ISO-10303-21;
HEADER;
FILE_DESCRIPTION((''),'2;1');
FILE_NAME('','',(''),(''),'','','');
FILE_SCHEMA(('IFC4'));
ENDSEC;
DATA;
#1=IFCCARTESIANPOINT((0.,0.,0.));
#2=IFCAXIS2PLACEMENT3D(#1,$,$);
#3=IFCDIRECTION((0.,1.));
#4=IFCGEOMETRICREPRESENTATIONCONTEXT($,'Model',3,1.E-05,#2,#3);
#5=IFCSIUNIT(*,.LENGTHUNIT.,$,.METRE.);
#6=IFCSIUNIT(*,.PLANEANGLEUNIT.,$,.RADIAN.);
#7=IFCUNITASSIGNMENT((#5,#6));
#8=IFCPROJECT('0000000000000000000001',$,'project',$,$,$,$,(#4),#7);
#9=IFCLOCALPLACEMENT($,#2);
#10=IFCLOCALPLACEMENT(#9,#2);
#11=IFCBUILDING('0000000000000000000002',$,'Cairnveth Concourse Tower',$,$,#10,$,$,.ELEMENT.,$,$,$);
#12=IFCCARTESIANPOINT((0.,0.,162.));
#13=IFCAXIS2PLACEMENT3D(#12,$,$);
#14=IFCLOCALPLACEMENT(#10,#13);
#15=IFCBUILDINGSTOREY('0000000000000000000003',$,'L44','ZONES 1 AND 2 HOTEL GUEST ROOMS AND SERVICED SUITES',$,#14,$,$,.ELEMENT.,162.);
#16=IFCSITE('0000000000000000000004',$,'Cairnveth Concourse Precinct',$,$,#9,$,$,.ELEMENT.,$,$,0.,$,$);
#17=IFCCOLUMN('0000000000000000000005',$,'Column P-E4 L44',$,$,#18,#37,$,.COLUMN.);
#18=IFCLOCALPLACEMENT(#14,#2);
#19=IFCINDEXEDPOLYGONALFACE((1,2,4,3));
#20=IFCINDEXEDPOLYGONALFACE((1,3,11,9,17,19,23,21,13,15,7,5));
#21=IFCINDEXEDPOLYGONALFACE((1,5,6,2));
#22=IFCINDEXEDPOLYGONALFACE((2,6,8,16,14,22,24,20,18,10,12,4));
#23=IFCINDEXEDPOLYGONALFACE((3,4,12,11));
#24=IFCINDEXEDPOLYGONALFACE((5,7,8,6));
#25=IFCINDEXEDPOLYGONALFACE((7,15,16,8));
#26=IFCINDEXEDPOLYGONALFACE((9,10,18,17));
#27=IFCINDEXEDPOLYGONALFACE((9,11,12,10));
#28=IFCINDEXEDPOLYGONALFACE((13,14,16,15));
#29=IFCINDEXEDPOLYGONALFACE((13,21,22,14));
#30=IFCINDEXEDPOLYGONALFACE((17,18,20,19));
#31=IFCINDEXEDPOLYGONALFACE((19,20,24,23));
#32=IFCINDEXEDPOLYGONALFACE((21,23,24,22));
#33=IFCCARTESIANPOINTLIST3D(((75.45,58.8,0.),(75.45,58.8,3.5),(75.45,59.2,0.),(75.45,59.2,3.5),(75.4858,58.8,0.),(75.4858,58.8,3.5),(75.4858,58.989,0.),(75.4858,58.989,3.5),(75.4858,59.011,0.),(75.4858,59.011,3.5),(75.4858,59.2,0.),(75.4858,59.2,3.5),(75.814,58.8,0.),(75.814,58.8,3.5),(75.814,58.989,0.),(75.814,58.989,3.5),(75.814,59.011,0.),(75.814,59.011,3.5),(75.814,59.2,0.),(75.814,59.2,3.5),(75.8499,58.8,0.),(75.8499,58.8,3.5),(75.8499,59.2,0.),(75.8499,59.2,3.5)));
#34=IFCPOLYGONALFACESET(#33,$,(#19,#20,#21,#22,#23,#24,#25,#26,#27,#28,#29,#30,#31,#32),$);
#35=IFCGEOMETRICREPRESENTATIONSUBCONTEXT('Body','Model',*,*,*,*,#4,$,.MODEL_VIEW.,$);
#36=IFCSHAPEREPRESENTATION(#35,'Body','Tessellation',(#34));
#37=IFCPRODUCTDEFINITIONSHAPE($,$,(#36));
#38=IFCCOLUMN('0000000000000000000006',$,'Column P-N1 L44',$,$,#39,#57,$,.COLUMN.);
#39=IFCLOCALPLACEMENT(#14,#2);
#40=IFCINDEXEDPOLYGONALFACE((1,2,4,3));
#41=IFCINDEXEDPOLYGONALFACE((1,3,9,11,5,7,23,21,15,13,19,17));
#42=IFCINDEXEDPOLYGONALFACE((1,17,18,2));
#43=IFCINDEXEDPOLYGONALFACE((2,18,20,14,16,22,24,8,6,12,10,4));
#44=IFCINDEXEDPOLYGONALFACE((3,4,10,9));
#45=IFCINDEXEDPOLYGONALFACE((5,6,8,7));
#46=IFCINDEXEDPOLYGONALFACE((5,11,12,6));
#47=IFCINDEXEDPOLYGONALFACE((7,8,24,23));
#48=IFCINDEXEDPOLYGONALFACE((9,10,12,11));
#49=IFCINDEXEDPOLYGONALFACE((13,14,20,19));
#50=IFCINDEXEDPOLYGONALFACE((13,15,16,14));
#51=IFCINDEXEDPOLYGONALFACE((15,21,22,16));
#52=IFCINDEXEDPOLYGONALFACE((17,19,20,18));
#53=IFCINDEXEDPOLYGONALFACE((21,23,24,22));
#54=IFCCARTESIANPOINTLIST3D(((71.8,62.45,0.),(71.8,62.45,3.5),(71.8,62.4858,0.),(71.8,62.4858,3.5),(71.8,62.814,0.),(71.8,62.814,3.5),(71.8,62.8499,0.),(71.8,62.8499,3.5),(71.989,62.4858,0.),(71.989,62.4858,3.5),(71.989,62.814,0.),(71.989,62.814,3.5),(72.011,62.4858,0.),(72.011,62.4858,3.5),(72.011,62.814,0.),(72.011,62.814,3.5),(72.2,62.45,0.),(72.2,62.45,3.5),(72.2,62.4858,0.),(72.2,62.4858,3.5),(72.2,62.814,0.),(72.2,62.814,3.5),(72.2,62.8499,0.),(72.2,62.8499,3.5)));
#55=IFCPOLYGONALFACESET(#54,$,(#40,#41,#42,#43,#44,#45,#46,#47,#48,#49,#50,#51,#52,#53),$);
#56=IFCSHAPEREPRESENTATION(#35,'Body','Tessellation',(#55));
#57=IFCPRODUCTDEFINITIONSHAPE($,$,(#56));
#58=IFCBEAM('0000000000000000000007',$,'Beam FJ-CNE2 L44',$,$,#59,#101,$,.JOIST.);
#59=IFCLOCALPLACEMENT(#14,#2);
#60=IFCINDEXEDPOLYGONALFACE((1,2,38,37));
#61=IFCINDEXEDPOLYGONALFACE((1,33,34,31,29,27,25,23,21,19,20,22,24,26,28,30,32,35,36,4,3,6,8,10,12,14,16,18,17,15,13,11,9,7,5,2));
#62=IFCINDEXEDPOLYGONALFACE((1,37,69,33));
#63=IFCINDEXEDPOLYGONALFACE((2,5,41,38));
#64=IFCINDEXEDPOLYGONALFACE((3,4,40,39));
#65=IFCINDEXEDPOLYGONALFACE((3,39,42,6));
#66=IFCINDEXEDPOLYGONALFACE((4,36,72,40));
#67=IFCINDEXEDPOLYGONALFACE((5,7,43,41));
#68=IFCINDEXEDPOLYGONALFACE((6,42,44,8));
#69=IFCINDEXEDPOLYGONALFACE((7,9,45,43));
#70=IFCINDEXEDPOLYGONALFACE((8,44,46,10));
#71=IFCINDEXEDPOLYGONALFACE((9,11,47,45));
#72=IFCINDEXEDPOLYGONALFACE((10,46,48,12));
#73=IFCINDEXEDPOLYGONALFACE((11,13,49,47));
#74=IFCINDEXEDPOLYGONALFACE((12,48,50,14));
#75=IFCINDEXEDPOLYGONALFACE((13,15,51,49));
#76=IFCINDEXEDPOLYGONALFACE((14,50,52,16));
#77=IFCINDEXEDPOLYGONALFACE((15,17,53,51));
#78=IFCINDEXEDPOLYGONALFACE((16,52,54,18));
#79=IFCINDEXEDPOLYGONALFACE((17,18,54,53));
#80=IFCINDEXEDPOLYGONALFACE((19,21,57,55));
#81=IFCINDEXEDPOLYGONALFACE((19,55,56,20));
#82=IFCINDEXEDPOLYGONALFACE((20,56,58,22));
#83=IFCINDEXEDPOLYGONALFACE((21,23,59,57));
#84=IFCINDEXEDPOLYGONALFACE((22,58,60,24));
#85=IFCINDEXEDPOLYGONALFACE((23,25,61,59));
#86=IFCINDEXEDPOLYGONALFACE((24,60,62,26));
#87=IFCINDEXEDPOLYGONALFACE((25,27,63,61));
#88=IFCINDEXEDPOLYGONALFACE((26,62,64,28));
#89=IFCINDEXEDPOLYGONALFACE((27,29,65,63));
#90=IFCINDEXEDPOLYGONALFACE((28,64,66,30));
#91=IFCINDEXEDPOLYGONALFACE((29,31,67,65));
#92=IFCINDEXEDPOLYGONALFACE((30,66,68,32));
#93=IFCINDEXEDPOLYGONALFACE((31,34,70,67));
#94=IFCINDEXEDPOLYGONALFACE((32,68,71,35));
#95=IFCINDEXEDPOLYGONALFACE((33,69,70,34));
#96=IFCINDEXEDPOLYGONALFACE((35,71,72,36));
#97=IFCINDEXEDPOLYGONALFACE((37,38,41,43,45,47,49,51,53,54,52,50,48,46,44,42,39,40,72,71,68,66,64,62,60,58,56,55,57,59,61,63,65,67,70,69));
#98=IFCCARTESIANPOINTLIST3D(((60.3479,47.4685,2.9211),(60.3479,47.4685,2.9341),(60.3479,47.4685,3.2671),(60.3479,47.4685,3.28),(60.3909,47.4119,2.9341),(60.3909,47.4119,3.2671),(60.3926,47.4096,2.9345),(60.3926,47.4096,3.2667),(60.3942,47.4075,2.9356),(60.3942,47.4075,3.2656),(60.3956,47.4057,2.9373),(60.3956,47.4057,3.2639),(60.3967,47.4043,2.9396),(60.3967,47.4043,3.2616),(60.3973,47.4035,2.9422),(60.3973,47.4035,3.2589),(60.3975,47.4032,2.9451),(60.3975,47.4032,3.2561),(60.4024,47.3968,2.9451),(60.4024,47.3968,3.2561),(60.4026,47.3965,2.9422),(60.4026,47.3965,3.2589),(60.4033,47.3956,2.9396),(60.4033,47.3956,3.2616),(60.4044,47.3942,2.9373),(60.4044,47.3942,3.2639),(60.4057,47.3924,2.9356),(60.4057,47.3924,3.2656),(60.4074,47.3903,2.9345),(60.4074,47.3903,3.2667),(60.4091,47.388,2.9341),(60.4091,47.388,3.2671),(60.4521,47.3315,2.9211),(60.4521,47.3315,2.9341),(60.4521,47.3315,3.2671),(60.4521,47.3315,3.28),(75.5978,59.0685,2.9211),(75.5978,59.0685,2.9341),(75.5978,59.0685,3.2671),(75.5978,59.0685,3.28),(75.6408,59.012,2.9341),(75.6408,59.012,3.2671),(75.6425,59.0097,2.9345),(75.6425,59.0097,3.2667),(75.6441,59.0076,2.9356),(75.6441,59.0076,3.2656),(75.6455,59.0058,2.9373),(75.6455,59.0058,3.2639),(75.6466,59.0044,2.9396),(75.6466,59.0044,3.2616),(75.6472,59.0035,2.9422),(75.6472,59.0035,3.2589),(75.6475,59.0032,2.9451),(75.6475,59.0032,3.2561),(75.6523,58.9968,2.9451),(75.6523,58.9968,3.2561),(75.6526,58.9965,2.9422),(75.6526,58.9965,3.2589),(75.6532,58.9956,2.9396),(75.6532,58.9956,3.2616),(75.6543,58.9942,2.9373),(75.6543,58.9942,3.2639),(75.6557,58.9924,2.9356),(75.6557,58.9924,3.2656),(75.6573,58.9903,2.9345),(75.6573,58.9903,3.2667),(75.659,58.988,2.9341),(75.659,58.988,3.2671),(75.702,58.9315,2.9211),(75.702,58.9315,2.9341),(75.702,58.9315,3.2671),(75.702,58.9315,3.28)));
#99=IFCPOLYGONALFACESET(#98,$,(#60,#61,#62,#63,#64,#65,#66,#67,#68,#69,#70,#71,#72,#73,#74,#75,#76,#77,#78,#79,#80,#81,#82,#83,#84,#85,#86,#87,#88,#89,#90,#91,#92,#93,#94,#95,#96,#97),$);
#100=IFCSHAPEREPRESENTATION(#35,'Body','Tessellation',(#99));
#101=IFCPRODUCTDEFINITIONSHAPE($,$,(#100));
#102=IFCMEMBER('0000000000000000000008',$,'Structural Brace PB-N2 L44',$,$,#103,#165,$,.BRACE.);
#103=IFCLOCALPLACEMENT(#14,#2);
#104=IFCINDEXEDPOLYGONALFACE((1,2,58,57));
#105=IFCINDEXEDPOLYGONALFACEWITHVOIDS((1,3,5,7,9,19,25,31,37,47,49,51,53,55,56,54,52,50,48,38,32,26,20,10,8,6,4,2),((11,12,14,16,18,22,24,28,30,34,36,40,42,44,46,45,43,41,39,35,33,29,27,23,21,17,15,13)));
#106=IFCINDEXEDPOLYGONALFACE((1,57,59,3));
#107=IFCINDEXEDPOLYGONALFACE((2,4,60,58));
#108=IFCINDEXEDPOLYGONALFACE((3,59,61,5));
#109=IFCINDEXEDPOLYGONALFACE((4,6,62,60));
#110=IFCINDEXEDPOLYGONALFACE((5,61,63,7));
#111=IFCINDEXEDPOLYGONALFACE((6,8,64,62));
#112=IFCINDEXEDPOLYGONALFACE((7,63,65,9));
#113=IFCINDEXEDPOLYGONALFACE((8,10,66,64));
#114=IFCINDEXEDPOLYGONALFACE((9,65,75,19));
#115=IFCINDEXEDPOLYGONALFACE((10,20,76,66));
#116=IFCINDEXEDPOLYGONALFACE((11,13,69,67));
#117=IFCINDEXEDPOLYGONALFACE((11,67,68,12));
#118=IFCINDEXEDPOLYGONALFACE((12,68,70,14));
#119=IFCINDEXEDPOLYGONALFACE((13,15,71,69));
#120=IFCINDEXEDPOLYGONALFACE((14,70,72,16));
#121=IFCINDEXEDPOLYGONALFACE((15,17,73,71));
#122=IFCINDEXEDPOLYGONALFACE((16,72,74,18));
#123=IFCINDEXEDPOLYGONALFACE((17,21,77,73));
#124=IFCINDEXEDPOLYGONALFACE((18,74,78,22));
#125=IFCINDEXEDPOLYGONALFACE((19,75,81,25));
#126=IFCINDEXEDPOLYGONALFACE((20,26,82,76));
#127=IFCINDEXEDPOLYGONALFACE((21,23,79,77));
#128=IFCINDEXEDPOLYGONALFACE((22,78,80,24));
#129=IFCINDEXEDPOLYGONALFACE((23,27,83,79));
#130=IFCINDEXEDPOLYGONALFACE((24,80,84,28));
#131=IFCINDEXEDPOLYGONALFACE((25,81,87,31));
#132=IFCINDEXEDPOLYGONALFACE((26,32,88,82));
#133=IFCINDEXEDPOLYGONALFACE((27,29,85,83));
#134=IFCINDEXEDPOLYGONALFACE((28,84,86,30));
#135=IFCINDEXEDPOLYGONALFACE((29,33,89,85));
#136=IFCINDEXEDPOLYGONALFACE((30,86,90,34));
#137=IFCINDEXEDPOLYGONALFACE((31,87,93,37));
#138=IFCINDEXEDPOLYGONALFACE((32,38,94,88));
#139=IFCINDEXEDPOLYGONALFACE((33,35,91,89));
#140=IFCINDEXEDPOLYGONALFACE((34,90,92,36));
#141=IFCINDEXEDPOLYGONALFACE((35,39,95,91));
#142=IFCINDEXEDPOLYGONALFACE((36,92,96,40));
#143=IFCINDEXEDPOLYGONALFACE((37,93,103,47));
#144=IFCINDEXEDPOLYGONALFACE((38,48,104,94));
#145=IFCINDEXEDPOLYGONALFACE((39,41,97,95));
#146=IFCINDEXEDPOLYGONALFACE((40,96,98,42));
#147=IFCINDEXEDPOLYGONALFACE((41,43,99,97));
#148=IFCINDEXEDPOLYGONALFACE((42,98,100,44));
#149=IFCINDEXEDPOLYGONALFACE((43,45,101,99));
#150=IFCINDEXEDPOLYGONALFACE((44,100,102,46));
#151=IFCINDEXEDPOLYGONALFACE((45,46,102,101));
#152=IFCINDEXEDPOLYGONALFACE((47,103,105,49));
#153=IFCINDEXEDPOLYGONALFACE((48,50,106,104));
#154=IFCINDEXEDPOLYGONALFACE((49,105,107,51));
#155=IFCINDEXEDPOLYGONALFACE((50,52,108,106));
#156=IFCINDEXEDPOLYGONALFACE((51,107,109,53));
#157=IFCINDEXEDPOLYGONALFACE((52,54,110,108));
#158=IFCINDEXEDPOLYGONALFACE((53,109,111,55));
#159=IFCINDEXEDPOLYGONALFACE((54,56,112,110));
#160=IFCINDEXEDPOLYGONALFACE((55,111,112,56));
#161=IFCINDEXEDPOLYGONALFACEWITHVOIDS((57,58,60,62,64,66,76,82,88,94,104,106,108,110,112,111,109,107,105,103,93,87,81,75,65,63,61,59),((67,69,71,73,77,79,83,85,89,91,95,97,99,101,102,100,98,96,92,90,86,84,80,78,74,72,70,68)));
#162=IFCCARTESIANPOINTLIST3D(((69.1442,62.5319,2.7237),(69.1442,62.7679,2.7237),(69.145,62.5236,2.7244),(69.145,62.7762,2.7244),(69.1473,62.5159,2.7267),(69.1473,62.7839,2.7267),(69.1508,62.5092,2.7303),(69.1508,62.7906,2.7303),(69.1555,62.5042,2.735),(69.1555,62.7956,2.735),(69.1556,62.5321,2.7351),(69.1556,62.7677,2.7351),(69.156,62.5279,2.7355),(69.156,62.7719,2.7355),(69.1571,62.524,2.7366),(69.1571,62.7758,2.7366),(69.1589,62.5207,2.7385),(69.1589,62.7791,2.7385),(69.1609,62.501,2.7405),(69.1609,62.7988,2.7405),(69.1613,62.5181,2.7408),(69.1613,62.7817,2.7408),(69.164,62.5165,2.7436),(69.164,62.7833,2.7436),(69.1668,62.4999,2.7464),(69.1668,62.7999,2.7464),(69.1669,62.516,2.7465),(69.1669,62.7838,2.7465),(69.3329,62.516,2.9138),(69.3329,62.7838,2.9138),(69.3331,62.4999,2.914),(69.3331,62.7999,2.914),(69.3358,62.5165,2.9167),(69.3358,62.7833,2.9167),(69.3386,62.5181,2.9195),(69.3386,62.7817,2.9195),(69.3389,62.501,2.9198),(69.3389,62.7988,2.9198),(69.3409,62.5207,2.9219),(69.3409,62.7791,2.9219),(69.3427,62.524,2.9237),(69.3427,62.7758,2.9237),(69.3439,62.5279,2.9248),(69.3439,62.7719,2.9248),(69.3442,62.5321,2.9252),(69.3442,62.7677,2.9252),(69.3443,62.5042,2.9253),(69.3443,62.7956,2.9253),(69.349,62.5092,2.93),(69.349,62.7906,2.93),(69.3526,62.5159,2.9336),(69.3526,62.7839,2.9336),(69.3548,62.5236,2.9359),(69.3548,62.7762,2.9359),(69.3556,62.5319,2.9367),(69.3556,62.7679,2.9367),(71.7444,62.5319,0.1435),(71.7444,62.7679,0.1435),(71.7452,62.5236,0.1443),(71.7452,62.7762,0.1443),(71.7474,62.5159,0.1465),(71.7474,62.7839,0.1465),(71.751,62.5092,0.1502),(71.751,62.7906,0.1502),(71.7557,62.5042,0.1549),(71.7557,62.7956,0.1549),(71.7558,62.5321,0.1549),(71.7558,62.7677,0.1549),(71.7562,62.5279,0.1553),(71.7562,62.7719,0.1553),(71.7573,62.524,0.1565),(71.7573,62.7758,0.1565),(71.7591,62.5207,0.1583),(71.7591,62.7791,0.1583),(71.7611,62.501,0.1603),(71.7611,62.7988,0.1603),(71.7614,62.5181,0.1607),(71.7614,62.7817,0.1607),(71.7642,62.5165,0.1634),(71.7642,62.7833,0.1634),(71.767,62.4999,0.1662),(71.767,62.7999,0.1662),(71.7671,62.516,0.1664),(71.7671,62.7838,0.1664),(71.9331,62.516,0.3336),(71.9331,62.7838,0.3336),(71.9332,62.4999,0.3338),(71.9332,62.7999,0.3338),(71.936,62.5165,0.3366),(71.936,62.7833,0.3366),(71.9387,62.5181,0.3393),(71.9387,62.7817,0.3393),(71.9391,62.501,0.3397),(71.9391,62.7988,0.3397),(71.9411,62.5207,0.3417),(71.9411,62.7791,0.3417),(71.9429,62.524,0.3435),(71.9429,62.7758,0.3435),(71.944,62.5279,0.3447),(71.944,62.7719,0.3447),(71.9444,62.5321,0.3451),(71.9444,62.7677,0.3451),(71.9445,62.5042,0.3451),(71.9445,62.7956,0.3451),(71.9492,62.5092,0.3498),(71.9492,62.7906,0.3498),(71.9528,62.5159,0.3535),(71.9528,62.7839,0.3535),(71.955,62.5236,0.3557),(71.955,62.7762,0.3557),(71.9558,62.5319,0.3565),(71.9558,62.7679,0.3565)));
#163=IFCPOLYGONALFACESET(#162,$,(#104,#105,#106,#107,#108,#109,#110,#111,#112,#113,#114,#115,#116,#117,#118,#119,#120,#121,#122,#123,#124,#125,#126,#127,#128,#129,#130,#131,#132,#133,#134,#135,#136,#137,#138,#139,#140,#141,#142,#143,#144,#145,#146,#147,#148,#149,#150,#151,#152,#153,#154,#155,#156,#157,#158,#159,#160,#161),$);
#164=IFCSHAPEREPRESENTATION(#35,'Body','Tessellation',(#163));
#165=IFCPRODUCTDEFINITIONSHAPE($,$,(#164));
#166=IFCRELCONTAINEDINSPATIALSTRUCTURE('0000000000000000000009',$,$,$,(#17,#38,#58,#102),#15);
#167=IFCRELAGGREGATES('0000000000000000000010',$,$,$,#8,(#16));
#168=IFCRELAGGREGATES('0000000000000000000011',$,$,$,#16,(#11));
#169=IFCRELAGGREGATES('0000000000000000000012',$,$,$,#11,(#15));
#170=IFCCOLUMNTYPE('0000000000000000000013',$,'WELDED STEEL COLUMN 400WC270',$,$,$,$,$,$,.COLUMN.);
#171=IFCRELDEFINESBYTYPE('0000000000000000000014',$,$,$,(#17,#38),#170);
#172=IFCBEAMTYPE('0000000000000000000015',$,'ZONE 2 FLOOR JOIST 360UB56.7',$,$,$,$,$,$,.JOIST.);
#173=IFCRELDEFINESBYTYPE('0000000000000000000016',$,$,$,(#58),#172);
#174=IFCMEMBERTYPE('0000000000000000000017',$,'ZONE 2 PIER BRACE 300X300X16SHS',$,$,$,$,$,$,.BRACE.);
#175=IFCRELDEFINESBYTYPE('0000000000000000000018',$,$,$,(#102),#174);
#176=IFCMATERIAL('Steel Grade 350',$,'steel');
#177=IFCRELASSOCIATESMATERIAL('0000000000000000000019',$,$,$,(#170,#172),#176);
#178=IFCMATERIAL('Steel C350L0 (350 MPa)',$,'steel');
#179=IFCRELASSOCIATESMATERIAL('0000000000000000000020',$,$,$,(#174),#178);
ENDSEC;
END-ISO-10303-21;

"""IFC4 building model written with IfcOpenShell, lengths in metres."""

from ifc_helpers import new_model, si_unit, direction, frame, origin, origin_2d, place, context, subcontext, project, spatial, hollow_rectangle, i_section, extrude, material, material_profile, profile_set, type_object, element, save


model = new_model("IFC4")

# Units and contexts
model_context = context("Model", 3, precision=1e-05, world=origin(), true_north=direction((0.0, 1.0)))
body_context = subcontext(model_context, "Body", "Model", "MODEL_VIEW")
ifc_project = project(units=[si_unit("LENGTHUNIT", "METRE"), si_unit("PLANEANGLEUNIT", "RADIAN")], contexts=[model_context])

# Site, building, storey
site_placement = place(None, origin())
site = spatial("IfcSite", under=ifc_project, at=site_placement, Name="Cairnveth Concourse Precinct", CompositionType="ELEMENT", RefElevation=0.0)
building_placement = place(site_placement, origin())
building = spatial("IfcBuilding", under=site, at=building_placement, Name="Cairnveth Concourse Tower", CompositionType="ELEMENT")
storey_placement = place(building_placement, frame((0.0, 0.0, 162.0)))
storey = spatial("IfcBuildingStorey", under=building, at=storey_placement, Name="L44", Description="ZONES 1 AND 2 HOTEL GUEST ROOMS AND SERVICED SUITES", CompositionType="ELEMENT", Elevation=162.0)

# Columns
ifc_material_1 = material(Name="Steel Grade 350", Category="steel")
ifc_material_profile_1 = material_profile(ifc_material_1, i_section(OverallWidth=0.3999, OverallDepth=0.3999, WebThickness=0.022, FlangeThickness=0.0359, at=origin_2d()), Name="400WC270")
ifc_profile_set_1 = profile_set([ifc_material_profile_1], Name="Steel Grade 350")
column_type = type_object("IfcColumnType", Name="WELDED STEEL COLUMN 400WC270", PredefinedType="COLUMN", material=ifc_profile_set_1)
for number, where, z_axis, x_axis, name in (
    (1, (75.6499, 59.0, 0.0), (0.0, 0.0, 1.0), (0.0, 1.0, 0.0), "Column P-E4 L44"),
    (2, (72.0, 62.6499, 0.0), (0.0, 0.0, 1.0), (1.0, 0.0, 0.0), "Column P-N1 L44"),
):
    element("IfcColumn", number, at=place(storey_placement, frame(where, z_axis=z_axis, x_axis=x_axis)), inside=storey, type_object=column_type, Name=name, PredefinedType="COLUMN", context=body_context, shape_type="SweptSolid", body=[
        extrude(i_section(OverallWidth=0.3999, OverallDepth=0.3999, WebThickness=0.022, FlangeThickness=0.0359, at=origin_2d()), origin(), (0.0, 0.0, 1.0), 3.5),
    ])

# Beam
ifc_material_profile_2 = material_profile(ifc_material_1, i_section(OverallWidth=0.1721, OverallDepth=0.3589, WebThickness=0.0081, FlangeThickness=0.0129, FilletRadius=0.011, at=origin_2d()), Name="360UB56.7")
ifc_profile_set_2 = profile_set([ifc_material_profile_2], Name="Steel Grade 350")
beam_type_1 = type_object("IfcBeamType", Name="ZONE 2 FLOOR JOIST 360UB56.7", PredefinedType="JOIST", material=ifc_profile_set_2)
beam_1_placement = place(storey_placement, frame((75.6499, 59.0, 3.1006), z_axis=(-0.795908, -0.605417, 0.0), x_axis=(0.605417, -0.795908, 0.0)))
element("IfcBeam", 3, at=beam_1_placement, inside=storey, type_object=beam_type_1, Name="Beam FJ-CNE2 L44", PredefinedType="JOIST", context=body_context, shape_type="SweptSolid", body=[
    extrude(i_section(OverallWidth=0.1721, OverallDepth=0.3589, WebThickness=0.0081, FlangeThickness=0.0129, FilletRadius=0.011, at=origin_2d()), origin(), (0.0, 0.0, 1.0), 19.1604),
])

# Member
ifc_material_2 = material(Name="Steel C350L0 (350 MPa)", Category="steel")
ifc_material_profile_3 = material_profile(ifc_material_2, hollow_rectangle(XDim=0.3, YDim=0.3, WallThickness=0.0161, InnerFilletRadius=0.0161, OuterFilletRadius=0.032, at=origin_2d()), Name="300x300x16.0SHS")
ifc_profile_set_3 = profile_set([ifc_material_profile_3], Name="Steel C350L0 (350 MPa)")
member_type = type_object("IfcMemberType", Name="ZONE 2 PIER BRACE 300X300X16SHS", PredefinedType="BRACE", material=ifc_profile_set_3)
for number, where, z_axis, x_axis, name in (
    (4, (71.8501, 62.6499, 0.25), (-0.709834, 0.0, 0.704369), (0.0, -1.0, 0.0), "Structural Brace PB-N2 L44"),
):
    element("IfcMember", number, at=place(storey_placement, frame(where, z_axis=z_axis, x_axis=x_axis)), inside=storey, type_object=member_type, Name=name, PredefinedType="BRACE", context=body_context, shape_type="SweptSolid", body=[
        extrude(hollow_rectangle(XDim=0.3, YDim=0.3, WallThickness=0.0161, InnerFilletRadius=0.0161, OuterFilletRadius=0.032, at=origin_2d()), origin(), (0.0, 0.0, 1.0), 3.6631),
    ])

save(model, "model.ifc")
